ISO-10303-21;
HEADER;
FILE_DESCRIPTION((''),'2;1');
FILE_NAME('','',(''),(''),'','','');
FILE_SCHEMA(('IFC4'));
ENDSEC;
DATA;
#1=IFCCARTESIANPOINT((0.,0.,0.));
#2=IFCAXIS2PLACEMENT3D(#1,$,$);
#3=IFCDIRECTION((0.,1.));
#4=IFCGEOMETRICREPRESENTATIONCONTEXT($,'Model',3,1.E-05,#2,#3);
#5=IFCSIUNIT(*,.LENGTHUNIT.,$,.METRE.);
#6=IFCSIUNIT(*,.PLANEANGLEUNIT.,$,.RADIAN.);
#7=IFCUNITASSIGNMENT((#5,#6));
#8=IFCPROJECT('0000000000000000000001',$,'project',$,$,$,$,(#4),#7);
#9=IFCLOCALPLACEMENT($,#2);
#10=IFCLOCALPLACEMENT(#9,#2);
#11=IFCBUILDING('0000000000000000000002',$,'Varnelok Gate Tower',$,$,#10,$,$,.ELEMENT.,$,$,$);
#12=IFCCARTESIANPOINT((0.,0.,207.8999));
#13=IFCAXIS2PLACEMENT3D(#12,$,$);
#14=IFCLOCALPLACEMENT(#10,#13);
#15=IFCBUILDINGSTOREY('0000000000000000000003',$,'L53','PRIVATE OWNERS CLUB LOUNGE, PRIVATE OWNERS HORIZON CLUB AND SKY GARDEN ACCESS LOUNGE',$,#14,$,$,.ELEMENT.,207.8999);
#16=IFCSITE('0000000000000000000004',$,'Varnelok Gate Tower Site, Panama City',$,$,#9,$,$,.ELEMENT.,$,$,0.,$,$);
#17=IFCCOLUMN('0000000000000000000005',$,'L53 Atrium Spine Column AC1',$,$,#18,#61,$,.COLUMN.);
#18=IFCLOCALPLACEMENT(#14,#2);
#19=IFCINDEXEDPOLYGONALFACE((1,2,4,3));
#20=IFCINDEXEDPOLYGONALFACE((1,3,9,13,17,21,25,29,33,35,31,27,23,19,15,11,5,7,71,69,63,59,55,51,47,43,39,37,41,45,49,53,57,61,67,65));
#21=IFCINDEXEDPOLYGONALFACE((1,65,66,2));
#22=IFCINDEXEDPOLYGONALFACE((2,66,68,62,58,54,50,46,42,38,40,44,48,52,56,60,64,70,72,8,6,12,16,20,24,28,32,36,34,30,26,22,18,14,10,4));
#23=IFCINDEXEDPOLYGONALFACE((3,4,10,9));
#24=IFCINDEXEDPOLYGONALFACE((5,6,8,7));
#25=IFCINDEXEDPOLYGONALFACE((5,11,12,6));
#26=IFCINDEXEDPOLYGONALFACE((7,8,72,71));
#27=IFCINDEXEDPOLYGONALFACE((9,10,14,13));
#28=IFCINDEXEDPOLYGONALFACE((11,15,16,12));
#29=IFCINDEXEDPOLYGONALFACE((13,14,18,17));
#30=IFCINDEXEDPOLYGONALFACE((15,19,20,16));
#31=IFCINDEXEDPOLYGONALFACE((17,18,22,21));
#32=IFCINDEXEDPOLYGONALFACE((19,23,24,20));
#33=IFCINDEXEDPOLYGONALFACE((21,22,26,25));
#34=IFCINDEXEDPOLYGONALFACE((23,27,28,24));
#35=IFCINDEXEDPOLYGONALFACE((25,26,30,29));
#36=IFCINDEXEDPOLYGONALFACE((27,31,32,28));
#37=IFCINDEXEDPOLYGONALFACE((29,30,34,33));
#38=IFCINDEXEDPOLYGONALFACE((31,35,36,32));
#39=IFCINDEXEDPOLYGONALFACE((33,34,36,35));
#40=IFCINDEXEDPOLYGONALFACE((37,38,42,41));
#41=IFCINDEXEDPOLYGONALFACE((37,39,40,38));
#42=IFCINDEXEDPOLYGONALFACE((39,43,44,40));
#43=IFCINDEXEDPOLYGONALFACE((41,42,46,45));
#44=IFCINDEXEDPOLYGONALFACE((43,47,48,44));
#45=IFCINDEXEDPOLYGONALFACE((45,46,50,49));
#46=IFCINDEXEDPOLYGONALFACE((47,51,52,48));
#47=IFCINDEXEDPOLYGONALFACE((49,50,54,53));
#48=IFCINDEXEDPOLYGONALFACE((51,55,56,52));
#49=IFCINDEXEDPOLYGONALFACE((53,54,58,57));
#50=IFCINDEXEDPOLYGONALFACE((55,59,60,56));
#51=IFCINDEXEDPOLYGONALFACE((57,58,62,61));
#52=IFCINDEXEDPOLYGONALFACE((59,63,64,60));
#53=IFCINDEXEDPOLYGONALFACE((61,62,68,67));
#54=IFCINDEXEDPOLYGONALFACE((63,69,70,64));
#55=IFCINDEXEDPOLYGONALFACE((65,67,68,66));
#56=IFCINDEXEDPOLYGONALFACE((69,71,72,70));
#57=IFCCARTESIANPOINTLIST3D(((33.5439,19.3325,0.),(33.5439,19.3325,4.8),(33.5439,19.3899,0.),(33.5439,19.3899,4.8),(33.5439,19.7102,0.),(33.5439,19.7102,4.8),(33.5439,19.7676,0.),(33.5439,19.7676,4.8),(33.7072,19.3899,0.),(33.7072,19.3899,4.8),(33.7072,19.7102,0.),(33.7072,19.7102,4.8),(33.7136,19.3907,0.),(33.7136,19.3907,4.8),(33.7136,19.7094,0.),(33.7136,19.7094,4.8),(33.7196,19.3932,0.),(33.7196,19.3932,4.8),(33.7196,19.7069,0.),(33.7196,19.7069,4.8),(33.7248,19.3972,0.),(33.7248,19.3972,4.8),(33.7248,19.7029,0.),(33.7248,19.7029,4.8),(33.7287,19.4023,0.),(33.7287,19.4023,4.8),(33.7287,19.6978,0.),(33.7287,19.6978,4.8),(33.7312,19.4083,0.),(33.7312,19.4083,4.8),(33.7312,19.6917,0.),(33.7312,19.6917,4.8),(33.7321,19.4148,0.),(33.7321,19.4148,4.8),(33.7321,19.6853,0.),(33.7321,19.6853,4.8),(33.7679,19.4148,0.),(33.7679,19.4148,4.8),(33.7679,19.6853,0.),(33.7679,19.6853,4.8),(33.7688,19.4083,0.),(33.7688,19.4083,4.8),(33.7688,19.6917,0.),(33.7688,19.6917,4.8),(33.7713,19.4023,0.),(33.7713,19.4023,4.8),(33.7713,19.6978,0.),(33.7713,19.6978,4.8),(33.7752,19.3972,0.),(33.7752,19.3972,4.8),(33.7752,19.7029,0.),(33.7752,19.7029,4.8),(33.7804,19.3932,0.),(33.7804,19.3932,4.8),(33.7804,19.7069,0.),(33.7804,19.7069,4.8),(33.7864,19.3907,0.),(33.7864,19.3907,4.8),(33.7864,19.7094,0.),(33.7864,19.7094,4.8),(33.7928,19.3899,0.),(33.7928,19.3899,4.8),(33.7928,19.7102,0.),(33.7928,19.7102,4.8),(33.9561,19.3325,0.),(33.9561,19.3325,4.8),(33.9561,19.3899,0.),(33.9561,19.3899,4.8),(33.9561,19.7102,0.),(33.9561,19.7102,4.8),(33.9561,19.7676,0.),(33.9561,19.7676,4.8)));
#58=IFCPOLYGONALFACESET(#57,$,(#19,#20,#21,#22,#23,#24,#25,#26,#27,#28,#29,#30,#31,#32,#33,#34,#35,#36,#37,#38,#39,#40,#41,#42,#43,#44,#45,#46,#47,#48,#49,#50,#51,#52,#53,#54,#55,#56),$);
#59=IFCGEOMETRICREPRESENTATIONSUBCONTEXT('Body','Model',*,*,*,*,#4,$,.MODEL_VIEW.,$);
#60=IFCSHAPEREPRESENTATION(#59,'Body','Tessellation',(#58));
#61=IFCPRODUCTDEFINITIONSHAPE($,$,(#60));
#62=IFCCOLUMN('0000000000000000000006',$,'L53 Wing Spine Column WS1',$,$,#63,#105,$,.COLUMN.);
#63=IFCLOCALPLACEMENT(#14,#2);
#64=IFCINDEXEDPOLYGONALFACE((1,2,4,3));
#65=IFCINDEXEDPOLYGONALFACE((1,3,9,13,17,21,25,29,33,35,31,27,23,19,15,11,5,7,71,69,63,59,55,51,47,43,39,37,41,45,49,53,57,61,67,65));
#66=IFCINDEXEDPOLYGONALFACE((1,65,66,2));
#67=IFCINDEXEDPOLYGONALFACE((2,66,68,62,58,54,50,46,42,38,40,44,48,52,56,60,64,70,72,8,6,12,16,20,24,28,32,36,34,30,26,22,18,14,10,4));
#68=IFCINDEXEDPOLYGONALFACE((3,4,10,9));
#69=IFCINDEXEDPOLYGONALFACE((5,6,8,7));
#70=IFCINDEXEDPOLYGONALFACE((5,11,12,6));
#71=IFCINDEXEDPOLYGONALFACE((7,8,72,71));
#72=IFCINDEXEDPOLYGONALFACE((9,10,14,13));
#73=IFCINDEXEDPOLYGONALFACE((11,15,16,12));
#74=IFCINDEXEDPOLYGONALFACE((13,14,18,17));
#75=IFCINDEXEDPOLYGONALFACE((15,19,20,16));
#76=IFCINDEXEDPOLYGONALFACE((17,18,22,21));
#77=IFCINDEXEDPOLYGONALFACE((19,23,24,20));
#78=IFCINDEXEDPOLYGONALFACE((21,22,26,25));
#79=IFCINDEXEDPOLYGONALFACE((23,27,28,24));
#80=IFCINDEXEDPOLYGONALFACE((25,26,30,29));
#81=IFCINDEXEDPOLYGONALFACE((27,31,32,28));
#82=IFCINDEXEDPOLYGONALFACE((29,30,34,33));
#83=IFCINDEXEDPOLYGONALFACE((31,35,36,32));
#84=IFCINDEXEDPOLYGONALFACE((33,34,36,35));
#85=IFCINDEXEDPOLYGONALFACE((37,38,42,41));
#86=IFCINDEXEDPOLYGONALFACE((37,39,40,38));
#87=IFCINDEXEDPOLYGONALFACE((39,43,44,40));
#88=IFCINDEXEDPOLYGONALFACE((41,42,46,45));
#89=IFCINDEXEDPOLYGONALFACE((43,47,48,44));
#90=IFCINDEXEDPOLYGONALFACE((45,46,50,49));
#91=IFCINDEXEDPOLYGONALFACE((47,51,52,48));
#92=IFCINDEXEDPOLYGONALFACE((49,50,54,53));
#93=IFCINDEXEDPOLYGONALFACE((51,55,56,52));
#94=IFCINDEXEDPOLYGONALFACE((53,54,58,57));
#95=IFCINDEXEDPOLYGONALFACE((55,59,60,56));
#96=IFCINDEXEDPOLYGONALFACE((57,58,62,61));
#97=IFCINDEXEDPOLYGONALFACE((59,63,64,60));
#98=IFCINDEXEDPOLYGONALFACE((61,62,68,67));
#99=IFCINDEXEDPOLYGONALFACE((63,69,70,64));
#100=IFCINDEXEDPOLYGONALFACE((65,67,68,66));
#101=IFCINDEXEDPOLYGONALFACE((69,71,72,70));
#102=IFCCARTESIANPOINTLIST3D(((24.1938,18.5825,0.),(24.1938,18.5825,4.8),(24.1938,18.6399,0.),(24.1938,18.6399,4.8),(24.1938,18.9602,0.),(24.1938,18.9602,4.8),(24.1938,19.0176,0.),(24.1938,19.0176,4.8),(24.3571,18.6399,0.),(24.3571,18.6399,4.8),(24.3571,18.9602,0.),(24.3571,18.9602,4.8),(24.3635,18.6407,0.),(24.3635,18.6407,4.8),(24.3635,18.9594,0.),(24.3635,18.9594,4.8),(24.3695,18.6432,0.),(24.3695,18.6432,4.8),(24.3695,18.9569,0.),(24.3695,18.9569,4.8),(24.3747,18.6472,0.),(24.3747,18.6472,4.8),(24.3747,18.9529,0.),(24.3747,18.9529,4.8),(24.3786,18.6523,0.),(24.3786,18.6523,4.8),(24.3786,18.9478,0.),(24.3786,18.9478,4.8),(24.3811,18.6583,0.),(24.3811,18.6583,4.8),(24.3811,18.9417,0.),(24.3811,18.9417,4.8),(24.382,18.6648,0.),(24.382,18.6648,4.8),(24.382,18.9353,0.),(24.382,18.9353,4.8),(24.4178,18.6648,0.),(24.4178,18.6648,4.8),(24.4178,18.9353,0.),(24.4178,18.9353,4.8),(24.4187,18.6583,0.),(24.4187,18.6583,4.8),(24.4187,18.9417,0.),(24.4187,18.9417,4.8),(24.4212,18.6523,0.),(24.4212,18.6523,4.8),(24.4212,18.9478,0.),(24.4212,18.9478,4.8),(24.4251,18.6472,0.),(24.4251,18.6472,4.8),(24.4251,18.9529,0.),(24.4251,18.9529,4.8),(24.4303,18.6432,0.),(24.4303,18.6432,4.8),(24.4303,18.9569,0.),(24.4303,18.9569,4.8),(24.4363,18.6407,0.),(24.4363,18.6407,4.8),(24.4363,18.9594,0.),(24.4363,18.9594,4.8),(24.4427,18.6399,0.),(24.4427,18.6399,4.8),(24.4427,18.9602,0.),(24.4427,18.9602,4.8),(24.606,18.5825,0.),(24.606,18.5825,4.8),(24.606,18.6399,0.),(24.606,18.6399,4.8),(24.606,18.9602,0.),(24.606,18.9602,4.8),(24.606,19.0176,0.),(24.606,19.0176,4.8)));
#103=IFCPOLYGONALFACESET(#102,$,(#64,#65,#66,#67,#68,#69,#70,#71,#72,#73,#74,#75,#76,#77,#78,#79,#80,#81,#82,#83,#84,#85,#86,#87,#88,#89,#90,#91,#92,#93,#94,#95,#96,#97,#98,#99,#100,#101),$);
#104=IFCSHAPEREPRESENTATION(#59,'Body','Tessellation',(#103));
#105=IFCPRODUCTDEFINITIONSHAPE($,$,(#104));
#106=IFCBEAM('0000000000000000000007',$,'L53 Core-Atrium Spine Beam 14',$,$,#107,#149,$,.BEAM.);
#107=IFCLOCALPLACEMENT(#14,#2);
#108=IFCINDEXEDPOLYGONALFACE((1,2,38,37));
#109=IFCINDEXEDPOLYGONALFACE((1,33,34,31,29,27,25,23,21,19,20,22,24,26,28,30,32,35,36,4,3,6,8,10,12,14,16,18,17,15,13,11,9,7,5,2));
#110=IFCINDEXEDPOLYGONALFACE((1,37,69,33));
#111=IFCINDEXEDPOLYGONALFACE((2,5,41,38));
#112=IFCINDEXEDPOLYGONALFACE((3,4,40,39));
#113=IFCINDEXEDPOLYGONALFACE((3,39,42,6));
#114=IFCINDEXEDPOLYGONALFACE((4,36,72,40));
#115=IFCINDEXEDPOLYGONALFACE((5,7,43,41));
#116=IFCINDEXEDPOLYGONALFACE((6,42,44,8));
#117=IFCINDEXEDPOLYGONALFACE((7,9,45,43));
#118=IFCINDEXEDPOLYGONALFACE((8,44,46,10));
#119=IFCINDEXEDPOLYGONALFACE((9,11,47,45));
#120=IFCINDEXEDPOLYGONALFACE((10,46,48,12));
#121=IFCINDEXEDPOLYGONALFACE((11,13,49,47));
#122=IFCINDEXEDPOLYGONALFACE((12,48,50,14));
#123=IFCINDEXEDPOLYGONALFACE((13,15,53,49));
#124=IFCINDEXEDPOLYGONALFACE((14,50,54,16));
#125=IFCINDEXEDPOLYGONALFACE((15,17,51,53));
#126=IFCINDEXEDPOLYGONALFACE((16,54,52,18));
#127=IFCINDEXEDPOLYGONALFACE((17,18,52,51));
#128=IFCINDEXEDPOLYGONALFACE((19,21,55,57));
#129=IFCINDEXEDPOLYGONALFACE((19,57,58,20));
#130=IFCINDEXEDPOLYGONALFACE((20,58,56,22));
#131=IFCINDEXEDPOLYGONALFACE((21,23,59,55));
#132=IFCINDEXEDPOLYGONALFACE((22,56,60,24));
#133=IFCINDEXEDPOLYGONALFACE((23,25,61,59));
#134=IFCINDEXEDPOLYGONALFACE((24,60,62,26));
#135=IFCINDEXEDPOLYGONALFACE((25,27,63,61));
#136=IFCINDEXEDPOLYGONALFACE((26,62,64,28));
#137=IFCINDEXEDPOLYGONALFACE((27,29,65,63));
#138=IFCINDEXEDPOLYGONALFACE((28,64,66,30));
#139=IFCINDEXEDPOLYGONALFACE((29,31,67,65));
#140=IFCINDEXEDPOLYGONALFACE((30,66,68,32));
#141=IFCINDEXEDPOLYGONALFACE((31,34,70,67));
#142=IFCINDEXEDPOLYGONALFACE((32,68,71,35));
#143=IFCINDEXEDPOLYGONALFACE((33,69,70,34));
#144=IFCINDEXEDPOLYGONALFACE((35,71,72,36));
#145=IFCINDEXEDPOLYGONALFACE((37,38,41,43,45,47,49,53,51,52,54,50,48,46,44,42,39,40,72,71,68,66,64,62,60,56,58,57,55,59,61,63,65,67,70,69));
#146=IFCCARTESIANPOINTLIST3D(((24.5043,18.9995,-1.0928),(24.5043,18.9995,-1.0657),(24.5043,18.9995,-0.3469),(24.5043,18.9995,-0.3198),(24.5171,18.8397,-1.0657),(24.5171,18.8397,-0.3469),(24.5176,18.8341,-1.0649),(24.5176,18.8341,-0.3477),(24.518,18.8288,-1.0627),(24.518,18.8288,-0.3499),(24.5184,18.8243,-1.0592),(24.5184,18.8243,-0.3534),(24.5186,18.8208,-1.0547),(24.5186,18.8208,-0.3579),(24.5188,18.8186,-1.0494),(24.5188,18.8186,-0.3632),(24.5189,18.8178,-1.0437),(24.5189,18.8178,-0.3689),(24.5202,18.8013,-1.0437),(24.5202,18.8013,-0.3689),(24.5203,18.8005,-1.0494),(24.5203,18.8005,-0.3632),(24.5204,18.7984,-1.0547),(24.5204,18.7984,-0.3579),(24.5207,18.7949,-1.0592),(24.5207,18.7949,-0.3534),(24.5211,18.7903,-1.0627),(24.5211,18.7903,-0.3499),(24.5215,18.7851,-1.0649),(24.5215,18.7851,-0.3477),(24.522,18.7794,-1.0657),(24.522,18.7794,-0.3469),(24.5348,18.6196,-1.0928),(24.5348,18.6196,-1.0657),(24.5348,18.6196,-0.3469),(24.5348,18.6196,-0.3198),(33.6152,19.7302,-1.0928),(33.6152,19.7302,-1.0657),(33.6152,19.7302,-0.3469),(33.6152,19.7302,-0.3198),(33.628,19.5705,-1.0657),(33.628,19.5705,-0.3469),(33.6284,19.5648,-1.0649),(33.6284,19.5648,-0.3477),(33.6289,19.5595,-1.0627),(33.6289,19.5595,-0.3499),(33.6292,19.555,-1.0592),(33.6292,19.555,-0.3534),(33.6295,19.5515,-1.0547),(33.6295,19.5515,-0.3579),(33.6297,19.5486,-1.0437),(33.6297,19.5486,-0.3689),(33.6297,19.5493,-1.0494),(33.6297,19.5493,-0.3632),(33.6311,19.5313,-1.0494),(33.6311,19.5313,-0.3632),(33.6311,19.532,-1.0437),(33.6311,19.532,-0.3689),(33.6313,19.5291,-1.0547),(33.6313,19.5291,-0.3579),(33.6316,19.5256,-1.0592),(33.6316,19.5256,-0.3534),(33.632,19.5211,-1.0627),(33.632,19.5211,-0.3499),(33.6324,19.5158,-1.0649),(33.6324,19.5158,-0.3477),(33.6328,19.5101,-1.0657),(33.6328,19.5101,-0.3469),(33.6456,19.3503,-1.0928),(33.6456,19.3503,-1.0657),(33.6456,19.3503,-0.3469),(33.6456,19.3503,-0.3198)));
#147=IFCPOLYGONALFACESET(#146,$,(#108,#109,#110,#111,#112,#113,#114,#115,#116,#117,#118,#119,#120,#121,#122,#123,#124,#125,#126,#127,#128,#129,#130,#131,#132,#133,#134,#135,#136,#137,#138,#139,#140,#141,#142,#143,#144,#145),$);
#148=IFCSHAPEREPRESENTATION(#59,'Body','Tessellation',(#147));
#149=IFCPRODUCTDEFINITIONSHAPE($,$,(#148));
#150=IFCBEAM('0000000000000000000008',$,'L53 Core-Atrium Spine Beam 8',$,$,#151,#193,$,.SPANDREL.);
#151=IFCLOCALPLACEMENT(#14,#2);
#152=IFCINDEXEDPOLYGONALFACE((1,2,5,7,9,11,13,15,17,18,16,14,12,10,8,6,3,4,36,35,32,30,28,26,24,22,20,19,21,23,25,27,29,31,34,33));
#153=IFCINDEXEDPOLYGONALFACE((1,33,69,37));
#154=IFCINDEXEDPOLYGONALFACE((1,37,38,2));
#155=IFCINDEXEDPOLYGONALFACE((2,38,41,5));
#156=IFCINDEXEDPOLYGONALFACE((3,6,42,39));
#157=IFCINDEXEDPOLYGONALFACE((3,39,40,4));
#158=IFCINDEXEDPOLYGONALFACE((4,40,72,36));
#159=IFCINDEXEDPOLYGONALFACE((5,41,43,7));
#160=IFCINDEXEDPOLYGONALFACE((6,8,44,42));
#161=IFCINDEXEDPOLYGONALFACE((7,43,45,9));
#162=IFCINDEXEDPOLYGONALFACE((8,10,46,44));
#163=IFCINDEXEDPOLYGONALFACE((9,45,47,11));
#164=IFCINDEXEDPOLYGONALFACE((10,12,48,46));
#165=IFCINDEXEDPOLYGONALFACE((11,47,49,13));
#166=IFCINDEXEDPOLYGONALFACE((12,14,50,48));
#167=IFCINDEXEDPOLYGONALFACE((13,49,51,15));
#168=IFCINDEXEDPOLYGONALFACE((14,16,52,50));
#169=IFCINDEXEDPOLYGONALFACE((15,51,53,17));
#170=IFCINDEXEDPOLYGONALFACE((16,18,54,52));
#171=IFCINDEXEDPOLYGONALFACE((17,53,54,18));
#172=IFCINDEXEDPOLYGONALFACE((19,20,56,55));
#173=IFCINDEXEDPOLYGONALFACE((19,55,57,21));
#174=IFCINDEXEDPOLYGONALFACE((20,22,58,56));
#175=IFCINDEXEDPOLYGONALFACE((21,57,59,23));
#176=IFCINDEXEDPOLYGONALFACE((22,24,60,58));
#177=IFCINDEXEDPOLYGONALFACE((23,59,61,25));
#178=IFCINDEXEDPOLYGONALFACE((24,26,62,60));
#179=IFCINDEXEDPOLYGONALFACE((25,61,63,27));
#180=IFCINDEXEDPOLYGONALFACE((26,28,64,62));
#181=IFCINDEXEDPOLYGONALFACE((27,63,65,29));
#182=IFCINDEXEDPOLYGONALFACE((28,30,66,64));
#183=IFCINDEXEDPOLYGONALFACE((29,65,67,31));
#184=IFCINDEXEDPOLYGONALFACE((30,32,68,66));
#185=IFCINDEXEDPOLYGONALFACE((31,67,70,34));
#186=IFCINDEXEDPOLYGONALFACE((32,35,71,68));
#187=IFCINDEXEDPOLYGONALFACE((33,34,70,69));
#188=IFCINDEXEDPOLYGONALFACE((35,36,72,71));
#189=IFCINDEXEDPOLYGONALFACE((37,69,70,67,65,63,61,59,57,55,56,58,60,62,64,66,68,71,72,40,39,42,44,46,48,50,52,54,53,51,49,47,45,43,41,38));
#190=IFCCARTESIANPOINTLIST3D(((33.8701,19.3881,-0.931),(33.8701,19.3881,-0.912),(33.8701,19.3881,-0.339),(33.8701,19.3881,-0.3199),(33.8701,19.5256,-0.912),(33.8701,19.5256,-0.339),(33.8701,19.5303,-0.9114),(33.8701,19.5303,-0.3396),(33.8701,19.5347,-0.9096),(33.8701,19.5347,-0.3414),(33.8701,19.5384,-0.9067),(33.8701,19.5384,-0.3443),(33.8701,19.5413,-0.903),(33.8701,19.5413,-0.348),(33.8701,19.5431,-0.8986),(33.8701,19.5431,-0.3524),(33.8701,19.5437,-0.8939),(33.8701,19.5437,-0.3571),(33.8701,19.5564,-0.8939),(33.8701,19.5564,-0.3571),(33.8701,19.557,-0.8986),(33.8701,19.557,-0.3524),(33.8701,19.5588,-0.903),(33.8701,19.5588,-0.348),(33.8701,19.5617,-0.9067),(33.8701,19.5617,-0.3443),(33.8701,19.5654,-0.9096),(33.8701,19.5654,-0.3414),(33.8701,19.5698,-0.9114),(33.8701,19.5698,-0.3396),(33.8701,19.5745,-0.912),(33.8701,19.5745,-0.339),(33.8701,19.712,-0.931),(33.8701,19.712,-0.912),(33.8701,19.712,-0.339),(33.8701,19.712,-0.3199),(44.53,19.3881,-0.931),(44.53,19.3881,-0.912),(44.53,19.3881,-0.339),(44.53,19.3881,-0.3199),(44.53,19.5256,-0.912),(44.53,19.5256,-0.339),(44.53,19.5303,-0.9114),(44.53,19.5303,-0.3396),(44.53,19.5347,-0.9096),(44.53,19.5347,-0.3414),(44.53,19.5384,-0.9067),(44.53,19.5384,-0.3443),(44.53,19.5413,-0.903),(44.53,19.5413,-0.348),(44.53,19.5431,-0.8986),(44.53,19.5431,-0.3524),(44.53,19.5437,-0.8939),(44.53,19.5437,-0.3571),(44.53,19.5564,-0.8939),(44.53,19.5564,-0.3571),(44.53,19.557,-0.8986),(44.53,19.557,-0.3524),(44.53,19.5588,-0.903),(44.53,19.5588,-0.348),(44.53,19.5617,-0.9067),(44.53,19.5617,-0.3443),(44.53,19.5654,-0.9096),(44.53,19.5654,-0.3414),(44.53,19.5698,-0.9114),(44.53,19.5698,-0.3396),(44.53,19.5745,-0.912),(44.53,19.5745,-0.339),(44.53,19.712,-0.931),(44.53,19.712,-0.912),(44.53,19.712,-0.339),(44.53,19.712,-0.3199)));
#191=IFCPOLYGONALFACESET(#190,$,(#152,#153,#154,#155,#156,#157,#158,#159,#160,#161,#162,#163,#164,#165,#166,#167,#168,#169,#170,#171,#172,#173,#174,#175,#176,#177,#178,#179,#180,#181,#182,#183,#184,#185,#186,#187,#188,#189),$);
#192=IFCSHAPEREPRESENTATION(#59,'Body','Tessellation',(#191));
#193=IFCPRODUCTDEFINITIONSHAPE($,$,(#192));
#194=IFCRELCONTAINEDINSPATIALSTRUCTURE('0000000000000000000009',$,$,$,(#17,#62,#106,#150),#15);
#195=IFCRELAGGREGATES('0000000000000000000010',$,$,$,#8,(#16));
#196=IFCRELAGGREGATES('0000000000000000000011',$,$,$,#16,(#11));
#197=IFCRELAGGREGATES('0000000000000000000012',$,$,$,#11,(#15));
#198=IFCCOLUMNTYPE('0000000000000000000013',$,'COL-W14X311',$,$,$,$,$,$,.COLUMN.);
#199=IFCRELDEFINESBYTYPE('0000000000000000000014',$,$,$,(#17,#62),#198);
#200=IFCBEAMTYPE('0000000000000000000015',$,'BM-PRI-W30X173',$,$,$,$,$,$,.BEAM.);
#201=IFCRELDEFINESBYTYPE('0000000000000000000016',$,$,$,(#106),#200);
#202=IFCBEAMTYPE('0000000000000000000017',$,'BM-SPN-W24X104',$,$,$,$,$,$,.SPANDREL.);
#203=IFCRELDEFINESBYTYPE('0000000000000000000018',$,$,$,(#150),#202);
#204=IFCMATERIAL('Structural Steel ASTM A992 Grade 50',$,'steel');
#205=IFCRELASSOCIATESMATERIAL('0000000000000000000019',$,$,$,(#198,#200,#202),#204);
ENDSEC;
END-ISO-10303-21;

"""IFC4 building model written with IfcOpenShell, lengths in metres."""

from ifc_helpers import new_model, si_unit, direction, frame, origin, origin_2d, place, context, subcontext, project, spatial, i_section, extrude, material, material_profile, profile_set, type_object, element, save


model = new_model("IFC4")

# Units and contexts
model_context = context("Model", 3, precision=1e-05, world=origin(), true_north=direction((0.0, 1.0)))
body_context = subcontext(model_context, "Body", "Model", "MODEL_VIEW")
ifc_project = project(units=[si_unit("LENGTHUNIT", "METRE"), si_unit("PLANEANGLEUNIT", "RADIAN")], contexts=[model_context])

# Site, building, storey
site_placement = place(None, origin())
site = spatial("IfcSite", under=ifc_project, at=site_placement, Name="Varnelok Gate Tower Site, Panama City", CompositionType="ELEMENT", RefElevation=0.0)
building_placement = place(site_placement, origin())
building = spatial("IfcBuilding", under=site, at=building_placement, Name="Varnelok Gate Tower", CompositionType="ELEMENT")
storey_placement = place(building_placement, frame((0.0, 0.0, 207.8999)))
storey = spatial("IfcBuildingStorey", under=building, at=storey_placement, Name="L53", Description="PRIVATE OWNERS CLUB LOUNGE, PRIVATE OWNERS HORIZON CLUB AND SKY GARDEN ACCESS LOUNGE", CompositionType="ELEMENT", Elevation=207.8999)

# Columns
ifc_material_1 = material(Name="Structural Steel ASTM A992 Grade 50", Category="steel")
ifc_material_profile_1 = material_profile(ifc_material_1, i_section(OverallWidth=0.4121, OverallDepth=0.4351, WebThickness=0.0359, FlangeThickness=0.0574, FilletRadius=0.0249, at=origin_2d()), Name="W14X311")
ifc_profile_set_1 = profile_set([ifc_material_profile_1], Name="Structural Steel ASTM A992 Grade 50")
column_type = type_object("IfcColumnType", Name="COL-W14X311", PredefinedType="COLUMN", material=ifc_profile_set_1)
for number, where, z_axis, x_axis, name in (
    (1, (33.75, 19.55, 0.0), (0.0, 0.0, 1.0), (1.0, 0.0, 0.0), "L53 Atrium Spine Column AC1"),
    (2, (24.3999, 18.8, 0.0), (0.0, 0.0, 1.0), (1.0, 0.0, 0.0), "L53 Wing Spine Column WS1"),
):
    element("IfcColumn", number, at=place(storey_placement, frame(where, z_axis=z_axis, x_axis=x_axis)), inside=storey, type_object=column_type, Name=name, PredefinedType="COLUMN", context=body_context, shape_type="SweptSolid", body=[
        extrude(i_section(OverallWidth=0.4121, OverallDepth=0.4351, WebThickness=0.0359, FlangeThickness=0.0574, FilletRadius=0.0249, at=origin_2d()), origin(), (0.0, 0.0, 1.0), 4.8),
    ])

# Beams
ifc_material_profile_2 = material_profile(ifc_material_1, i_section(OverallWidth=0.3811, OverallDepth=0.7729, WebThickness=0.0166, FlangeThickness=0.0271, FilletRadius=0.022, at=origin_2d()), Name="W30X173")
ifc_profile_set_2 = profile_set([ifc_material_profile_2], Name="Structural Steel ASTM A992 Grade 50")
beam_type_1 = type_object("IfcBeamType", Name="BM-PRI-W30X173", PredefinedType="BEAM", material=ifc_profile_set_2)
beam_1_placement = place(storey_placement, frame((24.5195, 18.8096, -0.7063), z_axis=(0.996799, 0.079946, 0.0), x_axis=(-0.079946, 0.996799, 0.0)))
element("IfcBeam", 3, at=beam_1_placement, inside=storey, type_object=beam_type_1, Name="L53 Core-Atrium Spine Beam 14", PredefinedType="BEAM", context=body_context, shape_type="SweptSolid", body=[
    extrude(i_section(OverallWidth=0.3811, OverallDepth=0.7729, WebThickness=0.0166, FlangeThickness=0.0271, FilletRadius=0.022, at=origin_2d()), origin(), (0.0, 0.0, 1.0), 9.1401),
])
ifc_material_profile_3 = material_profile(ifc_material_1, i_section(OverallWidth=0.324, OverallDepth=0.6111, WebThickness=0.0127, FlangeThickness=0.019, FilletRadius=0.0181, at=origin_2d()), Name="W24X104")
ifc_profile_set_3 = profile_set([ifc_material_profile_3], Name="Structural Steel ASTM A992 Grade 50")
beam_type_2 = type_object("IfcBeamType", Name="BM-SPN-W24X104", PredefinedType="SPANDREL", material=ifc_profile_set_3)
beam_2_placement = place(storey_placement, frame((33.8701, 19.55, -0.6255), z_axis=(1.0, 0.0, 0.0), x_axis=(0.0, 1.0, 0.0)))
element("IfcBeam", 4, at=beam_2_placement, inside=storey, type_object=beam_type_2, Name="L53 Core-Atrium Spine Beam 8", PredefinedType="SPANDREL", context=body_context, shape_type="SweptSolid", body=[
    extrude(i_section(OverallWidth=0.324, OverallDepth=0.6111, WebThickness=0.0127, FlangeThickness=0.019, FilletRadius=0.0181, at=origin_2d()), origin(), (0.0, 0.0, 1.0), 10.6599),
])

save(model, "model.ifc")
